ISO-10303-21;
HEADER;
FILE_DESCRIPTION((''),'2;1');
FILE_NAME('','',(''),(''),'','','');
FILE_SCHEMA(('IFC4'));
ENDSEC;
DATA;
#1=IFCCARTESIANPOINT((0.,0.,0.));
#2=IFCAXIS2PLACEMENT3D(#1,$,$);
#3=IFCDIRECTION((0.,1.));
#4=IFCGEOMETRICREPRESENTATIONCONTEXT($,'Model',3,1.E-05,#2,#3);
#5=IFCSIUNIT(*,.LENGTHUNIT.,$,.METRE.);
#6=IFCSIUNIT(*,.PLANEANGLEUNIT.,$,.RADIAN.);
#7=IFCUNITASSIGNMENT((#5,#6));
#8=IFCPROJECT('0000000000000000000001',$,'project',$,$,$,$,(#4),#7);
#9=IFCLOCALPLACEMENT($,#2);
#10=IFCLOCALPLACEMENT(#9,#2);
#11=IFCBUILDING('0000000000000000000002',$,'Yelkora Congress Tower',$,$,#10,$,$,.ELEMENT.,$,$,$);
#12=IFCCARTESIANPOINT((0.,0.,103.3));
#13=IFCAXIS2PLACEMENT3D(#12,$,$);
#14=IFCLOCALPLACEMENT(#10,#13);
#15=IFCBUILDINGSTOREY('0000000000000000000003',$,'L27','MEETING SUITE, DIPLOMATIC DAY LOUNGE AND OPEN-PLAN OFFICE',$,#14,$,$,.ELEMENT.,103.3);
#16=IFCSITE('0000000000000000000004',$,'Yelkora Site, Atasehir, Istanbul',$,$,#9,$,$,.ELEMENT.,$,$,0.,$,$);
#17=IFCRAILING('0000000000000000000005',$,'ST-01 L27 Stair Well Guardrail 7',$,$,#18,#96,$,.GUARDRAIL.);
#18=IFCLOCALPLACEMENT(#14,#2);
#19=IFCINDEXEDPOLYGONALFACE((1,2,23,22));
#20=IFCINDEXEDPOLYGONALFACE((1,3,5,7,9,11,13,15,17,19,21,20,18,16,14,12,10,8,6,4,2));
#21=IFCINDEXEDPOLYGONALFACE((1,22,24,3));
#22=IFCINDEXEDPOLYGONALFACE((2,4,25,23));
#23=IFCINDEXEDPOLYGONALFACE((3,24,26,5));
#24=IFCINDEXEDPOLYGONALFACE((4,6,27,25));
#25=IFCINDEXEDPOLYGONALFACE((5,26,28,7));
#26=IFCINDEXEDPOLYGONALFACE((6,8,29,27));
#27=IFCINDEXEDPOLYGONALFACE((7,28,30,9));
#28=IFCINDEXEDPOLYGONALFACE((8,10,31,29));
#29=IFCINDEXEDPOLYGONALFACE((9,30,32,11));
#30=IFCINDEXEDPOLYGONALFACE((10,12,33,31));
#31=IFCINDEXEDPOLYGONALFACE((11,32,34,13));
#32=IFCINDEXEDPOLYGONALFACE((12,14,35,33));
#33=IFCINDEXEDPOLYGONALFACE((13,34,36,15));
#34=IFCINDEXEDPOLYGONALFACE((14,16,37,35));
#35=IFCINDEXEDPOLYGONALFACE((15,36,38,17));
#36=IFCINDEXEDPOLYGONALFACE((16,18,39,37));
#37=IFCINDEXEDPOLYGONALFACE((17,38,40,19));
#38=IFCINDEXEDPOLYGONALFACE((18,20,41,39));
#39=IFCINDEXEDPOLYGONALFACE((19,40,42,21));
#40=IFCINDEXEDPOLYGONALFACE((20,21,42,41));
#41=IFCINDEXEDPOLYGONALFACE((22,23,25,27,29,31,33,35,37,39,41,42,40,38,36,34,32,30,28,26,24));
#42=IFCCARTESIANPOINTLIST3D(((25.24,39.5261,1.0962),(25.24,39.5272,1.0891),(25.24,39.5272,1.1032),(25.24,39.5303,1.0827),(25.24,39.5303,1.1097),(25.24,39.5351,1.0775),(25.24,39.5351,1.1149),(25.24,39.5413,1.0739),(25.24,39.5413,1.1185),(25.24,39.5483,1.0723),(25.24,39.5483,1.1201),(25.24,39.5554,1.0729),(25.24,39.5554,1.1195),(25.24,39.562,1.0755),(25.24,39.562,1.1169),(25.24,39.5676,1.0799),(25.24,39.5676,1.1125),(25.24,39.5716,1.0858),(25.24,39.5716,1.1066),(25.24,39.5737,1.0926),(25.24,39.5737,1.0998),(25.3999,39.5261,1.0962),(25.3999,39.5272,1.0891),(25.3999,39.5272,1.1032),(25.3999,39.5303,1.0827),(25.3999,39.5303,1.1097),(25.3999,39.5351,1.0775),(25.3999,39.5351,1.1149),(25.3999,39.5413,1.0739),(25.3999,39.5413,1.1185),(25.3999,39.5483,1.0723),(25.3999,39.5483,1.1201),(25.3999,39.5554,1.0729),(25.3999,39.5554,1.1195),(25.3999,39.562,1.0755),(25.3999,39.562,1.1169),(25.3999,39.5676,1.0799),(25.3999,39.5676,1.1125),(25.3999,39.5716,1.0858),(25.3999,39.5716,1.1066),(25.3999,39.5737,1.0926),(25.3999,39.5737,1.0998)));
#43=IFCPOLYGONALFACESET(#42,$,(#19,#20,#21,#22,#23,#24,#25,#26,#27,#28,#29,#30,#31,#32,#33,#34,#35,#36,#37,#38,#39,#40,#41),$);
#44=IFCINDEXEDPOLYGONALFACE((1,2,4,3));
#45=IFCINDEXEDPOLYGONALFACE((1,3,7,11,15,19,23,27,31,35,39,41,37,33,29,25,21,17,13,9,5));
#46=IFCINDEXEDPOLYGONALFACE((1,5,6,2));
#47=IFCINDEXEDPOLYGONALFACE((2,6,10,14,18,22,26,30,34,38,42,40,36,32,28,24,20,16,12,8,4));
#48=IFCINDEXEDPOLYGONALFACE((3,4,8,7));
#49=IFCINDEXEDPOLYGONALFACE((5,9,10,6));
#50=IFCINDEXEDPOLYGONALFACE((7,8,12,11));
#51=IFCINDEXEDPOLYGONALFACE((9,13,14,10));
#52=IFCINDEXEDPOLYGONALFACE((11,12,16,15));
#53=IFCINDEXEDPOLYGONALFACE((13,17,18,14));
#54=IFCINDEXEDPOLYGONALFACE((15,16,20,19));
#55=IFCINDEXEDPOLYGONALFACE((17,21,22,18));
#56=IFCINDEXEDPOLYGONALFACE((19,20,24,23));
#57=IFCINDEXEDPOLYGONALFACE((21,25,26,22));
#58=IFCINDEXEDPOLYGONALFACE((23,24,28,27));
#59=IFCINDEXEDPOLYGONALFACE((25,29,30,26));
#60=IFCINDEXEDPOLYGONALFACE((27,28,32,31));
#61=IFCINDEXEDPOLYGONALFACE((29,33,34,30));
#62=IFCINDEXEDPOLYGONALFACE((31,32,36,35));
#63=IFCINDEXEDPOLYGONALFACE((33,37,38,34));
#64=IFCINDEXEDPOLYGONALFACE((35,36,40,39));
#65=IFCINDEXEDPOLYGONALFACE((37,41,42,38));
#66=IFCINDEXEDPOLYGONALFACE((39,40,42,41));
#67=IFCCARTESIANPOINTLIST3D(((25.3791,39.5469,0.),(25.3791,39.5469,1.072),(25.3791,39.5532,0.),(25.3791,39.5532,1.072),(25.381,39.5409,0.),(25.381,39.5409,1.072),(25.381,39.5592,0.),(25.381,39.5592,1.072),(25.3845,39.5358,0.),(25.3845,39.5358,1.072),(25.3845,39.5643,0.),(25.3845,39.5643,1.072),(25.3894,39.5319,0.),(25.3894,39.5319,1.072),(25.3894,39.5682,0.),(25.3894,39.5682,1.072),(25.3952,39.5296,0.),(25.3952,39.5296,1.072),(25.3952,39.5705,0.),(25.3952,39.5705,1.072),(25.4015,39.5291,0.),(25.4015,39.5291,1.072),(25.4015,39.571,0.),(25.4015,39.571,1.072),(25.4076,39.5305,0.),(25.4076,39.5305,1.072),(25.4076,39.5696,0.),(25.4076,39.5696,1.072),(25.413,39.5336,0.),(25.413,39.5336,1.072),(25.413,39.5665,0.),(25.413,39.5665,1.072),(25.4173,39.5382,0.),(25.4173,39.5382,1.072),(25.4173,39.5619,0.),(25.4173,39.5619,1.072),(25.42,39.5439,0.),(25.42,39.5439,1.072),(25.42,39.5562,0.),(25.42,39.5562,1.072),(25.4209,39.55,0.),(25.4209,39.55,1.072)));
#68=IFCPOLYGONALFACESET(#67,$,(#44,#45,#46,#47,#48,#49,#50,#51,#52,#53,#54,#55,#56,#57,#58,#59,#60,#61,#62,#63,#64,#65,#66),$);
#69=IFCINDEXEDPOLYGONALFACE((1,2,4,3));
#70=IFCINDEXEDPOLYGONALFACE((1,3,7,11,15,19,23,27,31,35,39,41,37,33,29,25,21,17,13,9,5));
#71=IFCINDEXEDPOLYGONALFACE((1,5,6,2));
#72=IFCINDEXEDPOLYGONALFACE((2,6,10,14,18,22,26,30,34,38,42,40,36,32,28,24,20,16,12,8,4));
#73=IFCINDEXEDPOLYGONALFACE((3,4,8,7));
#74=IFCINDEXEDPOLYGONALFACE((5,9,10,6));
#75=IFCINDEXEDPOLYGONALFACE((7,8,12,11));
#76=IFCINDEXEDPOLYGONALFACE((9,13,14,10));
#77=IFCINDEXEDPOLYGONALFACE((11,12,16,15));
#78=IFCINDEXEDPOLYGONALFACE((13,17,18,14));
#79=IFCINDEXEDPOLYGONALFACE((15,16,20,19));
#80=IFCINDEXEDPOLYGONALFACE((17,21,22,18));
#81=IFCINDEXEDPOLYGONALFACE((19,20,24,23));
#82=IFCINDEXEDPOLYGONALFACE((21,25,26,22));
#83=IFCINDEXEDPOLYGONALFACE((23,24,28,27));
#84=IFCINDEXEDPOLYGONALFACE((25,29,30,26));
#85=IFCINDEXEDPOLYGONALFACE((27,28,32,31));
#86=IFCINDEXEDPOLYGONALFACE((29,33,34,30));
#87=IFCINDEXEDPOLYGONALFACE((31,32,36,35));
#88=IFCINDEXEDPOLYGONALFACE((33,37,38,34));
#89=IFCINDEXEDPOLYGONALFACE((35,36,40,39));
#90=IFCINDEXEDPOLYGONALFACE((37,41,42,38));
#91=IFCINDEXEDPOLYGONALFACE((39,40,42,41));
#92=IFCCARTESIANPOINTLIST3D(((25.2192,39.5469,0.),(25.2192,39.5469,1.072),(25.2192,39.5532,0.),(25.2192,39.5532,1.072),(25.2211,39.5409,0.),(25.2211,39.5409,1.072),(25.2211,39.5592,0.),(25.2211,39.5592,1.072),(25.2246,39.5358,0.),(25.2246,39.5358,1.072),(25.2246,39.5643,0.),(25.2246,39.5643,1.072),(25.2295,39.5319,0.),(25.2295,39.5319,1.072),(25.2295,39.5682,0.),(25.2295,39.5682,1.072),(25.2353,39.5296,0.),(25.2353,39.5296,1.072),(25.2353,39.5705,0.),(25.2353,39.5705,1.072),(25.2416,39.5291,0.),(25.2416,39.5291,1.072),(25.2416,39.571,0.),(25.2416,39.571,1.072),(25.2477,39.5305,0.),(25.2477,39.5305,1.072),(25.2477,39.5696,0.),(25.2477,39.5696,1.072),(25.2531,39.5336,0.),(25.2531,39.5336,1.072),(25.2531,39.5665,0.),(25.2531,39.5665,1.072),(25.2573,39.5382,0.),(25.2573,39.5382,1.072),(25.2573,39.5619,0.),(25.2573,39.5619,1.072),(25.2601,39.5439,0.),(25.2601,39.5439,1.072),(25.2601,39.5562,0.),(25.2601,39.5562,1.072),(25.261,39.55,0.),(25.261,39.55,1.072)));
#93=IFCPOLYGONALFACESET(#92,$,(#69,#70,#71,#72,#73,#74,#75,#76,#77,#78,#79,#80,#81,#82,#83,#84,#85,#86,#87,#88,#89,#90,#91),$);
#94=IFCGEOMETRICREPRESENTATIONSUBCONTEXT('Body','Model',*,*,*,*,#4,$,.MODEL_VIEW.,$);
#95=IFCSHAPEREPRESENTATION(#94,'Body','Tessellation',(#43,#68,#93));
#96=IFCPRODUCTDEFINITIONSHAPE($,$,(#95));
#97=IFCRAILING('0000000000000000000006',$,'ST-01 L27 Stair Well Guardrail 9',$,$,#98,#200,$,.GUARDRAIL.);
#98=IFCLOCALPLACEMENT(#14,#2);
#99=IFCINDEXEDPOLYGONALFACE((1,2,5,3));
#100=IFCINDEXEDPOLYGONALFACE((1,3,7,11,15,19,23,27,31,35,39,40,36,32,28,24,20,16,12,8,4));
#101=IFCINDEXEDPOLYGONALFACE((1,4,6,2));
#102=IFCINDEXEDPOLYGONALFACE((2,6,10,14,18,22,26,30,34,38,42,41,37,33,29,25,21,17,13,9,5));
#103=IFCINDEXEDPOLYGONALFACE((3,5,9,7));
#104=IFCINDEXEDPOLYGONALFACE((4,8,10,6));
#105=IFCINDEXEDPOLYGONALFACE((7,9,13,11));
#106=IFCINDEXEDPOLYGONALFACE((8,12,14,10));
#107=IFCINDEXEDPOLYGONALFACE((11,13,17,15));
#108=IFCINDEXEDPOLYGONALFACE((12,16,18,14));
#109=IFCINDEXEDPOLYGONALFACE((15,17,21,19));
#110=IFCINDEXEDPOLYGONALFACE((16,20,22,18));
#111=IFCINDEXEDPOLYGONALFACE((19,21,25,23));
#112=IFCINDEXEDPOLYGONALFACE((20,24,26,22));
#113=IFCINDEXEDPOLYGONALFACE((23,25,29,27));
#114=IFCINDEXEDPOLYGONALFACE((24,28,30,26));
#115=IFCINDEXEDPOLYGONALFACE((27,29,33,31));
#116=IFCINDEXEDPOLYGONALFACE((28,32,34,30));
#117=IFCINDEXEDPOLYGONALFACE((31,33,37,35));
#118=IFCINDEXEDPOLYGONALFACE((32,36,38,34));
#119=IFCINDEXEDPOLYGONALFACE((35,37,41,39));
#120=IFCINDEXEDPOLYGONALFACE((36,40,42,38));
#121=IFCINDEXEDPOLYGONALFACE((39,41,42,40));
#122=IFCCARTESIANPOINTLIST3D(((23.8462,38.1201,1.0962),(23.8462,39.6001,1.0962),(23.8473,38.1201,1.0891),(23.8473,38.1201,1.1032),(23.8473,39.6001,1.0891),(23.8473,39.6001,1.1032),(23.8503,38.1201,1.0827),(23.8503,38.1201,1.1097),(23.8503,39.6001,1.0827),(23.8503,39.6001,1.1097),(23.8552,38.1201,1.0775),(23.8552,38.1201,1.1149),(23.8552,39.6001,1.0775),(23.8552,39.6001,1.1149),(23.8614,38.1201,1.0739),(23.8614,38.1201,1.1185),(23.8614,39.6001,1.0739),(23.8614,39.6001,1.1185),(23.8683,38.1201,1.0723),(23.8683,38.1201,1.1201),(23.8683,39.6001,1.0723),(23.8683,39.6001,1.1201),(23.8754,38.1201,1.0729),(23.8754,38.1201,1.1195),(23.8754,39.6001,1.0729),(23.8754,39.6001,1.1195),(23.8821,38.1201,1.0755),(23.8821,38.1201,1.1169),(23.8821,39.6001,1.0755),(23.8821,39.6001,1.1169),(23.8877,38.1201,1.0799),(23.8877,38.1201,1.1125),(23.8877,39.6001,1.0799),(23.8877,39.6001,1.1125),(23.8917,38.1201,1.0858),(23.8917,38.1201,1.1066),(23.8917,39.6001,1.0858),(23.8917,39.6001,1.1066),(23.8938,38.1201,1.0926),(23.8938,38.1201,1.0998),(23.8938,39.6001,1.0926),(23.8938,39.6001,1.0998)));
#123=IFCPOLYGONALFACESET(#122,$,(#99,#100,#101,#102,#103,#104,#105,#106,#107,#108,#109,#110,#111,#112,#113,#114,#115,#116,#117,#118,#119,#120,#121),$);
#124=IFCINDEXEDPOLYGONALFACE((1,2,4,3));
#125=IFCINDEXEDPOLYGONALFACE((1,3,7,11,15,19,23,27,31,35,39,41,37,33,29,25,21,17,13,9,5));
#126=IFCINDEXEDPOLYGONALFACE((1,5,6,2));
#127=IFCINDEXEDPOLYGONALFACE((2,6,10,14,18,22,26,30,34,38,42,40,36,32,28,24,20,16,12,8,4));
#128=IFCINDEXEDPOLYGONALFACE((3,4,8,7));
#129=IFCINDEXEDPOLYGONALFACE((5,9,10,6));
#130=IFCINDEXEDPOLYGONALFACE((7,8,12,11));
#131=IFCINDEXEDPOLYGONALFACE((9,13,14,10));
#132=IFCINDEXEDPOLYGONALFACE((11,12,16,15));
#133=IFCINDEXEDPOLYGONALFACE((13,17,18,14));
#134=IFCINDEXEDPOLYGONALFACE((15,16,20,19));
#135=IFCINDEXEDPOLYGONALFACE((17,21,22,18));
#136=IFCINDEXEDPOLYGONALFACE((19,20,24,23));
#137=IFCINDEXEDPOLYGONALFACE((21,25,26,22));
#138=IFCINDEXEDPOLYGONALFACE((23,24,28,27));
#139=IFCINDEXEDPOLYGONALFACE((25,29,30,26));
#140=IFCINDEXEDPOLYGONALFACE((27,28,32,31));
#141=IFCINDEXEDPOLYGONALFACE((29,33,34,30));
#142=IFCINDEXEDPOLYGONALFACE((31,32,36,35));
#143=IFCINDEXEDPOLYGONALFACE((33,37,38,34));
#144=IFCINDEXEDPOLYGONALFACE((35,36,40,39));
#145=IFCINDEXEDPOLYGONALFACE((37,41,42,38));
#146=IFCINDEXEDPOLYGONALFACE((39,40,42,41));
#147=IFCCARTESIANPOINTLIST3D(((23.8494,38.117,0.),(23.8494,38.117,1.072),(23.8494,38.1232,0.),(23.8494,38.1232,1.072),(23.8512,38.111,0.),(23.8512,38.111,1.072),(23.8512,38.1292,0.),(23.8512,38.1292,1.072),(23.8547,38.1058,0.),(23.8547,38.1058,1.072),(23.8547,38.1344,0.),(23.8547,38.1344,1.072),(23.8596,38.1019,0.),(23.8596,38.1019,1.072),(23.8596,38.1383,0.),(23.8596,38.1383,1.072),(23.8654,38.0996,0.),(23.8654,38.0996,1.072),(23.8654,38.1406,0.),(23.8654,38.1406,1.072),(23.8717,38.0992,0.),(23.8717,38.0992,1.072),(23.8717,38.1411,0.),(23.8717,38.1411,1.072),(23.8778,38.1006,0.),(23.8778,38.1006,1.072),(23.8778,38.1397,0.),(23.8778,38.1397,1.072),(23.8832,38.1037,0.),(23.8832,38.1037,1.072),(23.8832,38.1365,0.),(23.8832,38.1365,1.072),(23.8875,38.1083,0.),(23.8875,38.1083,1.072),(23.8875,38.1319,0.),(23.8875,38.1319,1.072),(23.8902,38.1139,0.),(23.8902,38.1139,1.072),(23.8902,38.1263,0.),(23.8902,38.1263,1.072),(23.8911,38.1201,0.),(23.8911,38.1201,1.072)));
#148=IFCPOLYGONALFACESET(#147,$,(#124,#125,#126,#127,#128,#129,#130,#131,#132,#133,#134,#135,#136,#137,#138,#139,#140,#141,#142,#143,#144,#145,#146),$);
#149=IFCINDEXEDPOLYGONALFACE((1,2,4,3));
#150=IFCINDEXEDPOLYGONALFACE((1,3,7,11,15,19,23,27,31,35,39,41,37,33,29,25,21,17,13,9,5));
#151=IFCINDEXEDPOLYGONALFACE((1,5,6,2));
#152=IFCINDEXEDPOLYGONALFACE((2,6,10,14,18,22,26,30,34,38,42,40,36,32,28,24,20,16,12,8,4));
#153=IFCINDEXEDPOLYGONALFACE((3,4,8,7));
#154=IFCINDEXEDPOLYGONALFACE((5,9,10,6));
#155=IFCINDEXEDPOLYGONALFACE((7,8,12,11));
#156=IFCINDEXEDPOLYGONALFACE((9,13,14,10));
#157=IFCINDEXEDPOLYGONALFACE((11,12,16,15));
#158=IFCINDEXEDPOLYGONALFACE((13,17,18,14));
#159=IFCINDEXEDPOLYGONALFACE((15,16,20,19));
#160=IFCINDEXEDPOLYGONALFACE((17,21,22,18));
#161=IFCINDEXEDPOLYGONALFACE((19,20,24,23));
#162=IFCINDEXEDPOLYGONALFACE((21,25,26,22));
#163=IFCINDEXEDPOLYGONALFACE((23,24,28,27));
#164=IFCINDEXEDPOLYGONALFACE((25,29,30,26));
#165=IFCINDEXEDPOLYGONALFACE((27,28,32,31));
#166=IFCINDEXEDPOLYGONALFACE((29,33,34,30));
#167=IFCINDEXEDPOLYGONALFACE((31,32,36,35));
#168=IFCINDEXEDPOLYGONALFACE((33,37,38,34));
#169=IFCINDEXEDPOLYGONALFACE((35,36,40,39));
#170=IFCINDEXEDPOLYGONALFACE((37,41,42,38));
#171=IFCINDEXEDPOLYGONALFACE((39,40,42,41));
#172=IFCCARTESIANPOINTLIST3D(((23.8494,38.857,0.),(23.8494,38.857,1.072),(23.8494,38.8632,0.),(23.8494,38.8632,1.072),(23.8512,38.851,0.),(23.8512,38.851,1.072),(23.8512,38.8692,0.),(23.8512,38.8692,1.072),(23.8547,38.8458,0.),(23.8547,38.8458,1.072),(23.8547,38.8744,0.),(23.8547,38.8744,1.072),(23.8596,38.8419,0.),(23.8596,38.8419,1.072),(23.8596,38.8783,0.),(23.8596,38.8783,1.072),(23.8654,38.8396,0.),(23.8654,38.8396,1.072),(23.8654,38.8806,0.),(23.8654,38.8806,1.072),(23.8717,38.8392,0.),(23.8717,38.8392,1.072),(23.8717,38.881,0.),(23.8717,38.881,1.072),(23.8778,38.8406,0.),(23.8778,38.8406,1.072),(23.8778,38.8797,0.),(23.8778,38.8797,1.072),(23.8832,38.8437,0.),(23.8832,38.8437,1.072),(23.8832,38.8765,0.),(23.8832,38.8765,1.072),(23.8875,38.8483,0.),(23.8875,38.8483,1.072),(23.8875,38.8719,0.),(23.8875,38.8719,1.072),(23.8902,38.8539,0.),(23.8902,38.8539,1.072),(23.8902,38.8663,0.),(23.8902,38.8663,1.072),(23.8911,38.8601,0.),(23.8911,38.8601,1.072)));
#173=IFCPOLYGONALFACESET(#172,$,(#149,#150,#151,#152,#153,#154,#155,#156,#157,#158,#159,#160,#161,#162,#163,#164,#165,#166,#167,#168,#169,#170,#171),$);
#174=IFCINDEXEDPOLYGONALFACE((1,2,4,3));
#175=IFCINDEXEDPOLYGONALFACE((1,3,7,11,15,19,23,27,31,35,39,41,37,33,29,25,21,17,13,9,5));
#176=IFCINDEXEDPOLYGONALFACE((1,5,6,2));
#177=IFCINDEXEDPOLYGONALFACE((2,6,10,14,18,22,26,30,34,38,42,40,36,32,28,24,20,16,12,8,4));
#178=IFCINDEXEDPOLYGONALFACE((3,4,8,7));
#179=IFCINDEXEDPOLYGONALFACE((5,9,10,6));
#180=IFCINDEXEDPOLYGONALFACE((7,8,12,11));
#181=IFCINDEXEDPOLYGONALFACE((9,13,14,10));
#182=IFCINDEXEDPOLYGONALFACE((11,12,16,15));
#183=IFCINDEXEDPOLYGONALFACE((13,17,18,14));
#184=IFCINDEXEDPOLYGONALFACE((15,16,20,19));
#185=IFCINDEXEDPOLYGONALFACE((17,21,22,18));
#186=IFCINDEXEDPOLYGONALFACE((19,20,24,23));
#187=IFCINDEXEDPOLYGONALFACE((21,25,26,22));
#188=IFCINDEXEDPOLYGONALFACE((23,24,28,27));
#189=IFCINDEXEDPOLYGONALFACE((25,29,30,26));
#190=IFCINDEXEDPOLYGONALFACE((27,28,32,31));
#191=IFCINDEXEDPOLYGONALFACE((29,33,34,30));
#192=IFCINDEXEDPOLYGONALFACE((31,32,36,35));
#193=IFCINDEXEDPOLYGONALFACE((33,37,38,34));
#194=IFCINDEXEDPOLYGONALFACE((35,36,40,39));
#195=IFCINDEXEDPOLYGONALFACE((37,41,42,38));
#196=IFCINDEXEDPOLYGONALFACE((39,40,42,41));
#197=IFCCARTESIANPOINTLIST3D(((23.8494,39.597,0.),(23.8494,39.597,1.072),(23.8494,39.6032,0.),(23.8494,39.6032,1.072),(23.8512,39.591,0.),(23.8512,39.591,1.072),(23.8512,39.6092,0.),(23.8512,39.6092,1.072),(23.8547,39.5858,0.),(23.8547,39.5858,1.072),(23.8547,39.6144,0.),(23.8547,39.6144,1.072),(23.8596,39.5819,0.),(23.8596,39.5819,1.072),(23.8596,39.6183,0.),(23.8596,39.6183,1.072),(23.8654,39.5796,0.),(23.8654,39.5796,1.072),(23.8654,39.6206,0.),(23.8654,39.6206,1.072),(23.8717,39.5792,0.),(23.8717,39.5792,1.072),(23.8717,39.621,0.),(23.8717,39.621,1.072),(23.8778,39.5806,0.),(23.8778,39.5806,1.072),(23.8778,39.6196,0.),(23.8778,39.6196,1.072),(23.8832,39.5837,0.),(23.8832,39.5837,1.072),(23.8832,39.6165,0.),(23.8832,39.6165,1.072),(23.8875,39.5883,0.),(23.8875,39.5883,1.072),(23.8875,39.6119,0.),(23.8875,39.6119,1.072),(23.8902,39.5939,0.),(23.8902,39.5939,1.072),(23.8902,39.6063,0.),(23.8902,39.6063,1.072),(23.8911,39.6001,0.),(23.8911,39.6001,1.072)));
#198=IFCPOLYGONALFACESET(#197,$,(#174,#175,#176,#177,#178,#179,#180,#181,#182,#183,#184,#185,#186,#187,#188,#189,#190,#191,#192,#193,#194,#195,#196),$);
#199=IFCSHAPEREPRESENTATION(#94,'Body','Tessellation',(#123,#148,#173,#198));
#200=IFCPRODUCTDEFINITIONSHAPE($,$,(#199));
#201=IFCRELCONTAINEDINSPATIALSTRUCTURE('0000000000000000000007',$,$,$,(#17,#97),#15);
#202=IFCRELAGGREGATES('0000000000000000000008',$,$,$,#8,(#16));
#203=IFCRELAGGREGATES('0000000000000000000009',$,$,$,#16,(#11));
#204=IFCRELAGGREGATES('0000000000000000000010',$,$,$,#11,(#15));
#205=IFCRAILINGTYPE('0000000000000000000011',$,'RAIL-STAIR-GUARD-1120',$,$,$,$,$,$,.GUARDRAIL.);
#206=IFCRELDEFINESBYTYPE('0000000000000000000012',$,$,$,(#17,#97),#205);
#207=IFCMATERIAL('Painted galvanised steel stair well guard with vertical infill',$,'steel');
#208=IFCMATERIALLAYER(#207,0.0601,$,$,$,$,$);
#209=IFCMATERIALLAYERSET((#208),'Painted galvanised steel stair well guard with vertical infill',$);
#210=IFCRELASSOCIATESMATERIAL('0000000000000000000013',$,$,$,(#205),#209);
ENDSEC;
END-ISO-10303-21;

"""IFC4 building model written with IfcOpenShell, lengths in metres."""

from ifc_helpers import new_model, si_unit, direction, frame, origin, origin_2d, place, context, subcontext, project, spatial, circle, extrude, material, layer, layer_set, type_object, element, save


model = new_model("IFC4")

# Units and contexts
model_context = context("Model", 3, precision=1e-05, world=origin(), true_north=direction((0.0, 1.0)))
body_context = subcontext(model_context, "Body", "Model", "MODEL_VIEW")
ifc_project = project(units=[si_unit("LENGTHUNIT", "METRE"), si_unit("PLANEANGLEUNIT", "RADIAN")], contexts=[model_context])

# Site, building, storey
site_placement = place(None, origin())
site = spatial("IfcSite", under=ifc_project, at=site_placement, Name="Yelkora Site, Atasehir, Istanbul", CompositionType="ELEMENT", RefElevation=0.0)
building_placement = place(site_placement, origin())
building = spatial("IfcBuilding", under=site, at=building_placement, Name="Yelkora Congress Tower", CompositionType="ELEMENT")
storey_placement = place(building_placement, frame((0.0, 0.0, 103.3)))
storey = spatial("IfcBuildingStorey", under=building, at=storey_placement, Name="L27", Description="MEETING SUITE, DIPLOMATIC DAY LOUNGE AND OPEN-PLAN OFFICE", CompositionType="ELEMENT", Elevation=103.3)

# Railings
ifc_material_1 = material(Name="Painted galvanised steel stair well guard with vertical infill", Category="steel")
ifc_layer_1 = layer(ifc_material_1, 0.0601)
ifc_layer_set_1 = layer_set([ifc_layer_1], Name="Painted galvanised steel stair well guard with vertical infill")
railing_type_1 = type_object("IfcRailingType", Name="RAIL-STAIR-GUARD-1120", PredefinedType="GUARDRAIL", material=ifc_layer_set_1)
railing_1_placement = place(storey_placement, frame((25.3999, 39.55, 0.0)))
element("IfcRailing", 1, at=railing_1_placement, inside=storey, type_object=railing_type_1, Name="ST-01 L27 Stair Well Guardrail 7", PredefinedType="GUARDRAIL", context=body_context, shape_type="SweptSolid", body=[
    extrude(circle(Radius=0.0239, at=origin_2d()), frame((0.0, 0.0, 1.0962), z_axis=(-1.0, 0.0, 0.0), x_axis=(0.0, -1.0, 0.0)), (0.0, 0.0, 1.0), 0.1599),
    extrude(circle(Radius=0.021, at=origin_2d()), origin(), (0.0, 0.0, 1.0), 1.072),
    extrude(circle(Radius=0.021, at=origin_2d()), frame((-0.1599, 0.0, 0.0)), (0.0, 0.0, 1.0), 1.072),
])
railing_2_placement = place(storey_placement, frame((23.8701, 38.1201, 0.0)))
element("IfcRailing", 2, at=railing_2_placement, inside=storey, type_object=railing_type_1, Name="ST-01 L27 Stair Well Guardrail 9", PredefinedType="GUARDRAIL", context=body_context, shape_type="SweptSolid", body=[
    extrude(circle(Radius=0.0239, at=origin_2d()), frame((0.0, 0.0, 1.0962), z_axis=(0.0, 1.0, 0.0), x_axis=(-1.0, 0.0, 0.0)), (0.0, 0.0, 1.0), 1.48),
    extrude(circle(Radius=0.021, at=origin_2d()), origin(), (0.0, 0.0, 1.0), 1.072),
    extrude(circle(Radius=0.021, at=origin_2d()), frame((0.0, 0.74, 0.0)), (0.0, 0.0, 1.0), 1.072),
    extrude(circle(Radius=0.021, at=origin_2d()), frame((0.0, 1.48, 0.0)), (0.0, 0.0, 1.0), 1.072),
])

save(model, "model.ifc")
